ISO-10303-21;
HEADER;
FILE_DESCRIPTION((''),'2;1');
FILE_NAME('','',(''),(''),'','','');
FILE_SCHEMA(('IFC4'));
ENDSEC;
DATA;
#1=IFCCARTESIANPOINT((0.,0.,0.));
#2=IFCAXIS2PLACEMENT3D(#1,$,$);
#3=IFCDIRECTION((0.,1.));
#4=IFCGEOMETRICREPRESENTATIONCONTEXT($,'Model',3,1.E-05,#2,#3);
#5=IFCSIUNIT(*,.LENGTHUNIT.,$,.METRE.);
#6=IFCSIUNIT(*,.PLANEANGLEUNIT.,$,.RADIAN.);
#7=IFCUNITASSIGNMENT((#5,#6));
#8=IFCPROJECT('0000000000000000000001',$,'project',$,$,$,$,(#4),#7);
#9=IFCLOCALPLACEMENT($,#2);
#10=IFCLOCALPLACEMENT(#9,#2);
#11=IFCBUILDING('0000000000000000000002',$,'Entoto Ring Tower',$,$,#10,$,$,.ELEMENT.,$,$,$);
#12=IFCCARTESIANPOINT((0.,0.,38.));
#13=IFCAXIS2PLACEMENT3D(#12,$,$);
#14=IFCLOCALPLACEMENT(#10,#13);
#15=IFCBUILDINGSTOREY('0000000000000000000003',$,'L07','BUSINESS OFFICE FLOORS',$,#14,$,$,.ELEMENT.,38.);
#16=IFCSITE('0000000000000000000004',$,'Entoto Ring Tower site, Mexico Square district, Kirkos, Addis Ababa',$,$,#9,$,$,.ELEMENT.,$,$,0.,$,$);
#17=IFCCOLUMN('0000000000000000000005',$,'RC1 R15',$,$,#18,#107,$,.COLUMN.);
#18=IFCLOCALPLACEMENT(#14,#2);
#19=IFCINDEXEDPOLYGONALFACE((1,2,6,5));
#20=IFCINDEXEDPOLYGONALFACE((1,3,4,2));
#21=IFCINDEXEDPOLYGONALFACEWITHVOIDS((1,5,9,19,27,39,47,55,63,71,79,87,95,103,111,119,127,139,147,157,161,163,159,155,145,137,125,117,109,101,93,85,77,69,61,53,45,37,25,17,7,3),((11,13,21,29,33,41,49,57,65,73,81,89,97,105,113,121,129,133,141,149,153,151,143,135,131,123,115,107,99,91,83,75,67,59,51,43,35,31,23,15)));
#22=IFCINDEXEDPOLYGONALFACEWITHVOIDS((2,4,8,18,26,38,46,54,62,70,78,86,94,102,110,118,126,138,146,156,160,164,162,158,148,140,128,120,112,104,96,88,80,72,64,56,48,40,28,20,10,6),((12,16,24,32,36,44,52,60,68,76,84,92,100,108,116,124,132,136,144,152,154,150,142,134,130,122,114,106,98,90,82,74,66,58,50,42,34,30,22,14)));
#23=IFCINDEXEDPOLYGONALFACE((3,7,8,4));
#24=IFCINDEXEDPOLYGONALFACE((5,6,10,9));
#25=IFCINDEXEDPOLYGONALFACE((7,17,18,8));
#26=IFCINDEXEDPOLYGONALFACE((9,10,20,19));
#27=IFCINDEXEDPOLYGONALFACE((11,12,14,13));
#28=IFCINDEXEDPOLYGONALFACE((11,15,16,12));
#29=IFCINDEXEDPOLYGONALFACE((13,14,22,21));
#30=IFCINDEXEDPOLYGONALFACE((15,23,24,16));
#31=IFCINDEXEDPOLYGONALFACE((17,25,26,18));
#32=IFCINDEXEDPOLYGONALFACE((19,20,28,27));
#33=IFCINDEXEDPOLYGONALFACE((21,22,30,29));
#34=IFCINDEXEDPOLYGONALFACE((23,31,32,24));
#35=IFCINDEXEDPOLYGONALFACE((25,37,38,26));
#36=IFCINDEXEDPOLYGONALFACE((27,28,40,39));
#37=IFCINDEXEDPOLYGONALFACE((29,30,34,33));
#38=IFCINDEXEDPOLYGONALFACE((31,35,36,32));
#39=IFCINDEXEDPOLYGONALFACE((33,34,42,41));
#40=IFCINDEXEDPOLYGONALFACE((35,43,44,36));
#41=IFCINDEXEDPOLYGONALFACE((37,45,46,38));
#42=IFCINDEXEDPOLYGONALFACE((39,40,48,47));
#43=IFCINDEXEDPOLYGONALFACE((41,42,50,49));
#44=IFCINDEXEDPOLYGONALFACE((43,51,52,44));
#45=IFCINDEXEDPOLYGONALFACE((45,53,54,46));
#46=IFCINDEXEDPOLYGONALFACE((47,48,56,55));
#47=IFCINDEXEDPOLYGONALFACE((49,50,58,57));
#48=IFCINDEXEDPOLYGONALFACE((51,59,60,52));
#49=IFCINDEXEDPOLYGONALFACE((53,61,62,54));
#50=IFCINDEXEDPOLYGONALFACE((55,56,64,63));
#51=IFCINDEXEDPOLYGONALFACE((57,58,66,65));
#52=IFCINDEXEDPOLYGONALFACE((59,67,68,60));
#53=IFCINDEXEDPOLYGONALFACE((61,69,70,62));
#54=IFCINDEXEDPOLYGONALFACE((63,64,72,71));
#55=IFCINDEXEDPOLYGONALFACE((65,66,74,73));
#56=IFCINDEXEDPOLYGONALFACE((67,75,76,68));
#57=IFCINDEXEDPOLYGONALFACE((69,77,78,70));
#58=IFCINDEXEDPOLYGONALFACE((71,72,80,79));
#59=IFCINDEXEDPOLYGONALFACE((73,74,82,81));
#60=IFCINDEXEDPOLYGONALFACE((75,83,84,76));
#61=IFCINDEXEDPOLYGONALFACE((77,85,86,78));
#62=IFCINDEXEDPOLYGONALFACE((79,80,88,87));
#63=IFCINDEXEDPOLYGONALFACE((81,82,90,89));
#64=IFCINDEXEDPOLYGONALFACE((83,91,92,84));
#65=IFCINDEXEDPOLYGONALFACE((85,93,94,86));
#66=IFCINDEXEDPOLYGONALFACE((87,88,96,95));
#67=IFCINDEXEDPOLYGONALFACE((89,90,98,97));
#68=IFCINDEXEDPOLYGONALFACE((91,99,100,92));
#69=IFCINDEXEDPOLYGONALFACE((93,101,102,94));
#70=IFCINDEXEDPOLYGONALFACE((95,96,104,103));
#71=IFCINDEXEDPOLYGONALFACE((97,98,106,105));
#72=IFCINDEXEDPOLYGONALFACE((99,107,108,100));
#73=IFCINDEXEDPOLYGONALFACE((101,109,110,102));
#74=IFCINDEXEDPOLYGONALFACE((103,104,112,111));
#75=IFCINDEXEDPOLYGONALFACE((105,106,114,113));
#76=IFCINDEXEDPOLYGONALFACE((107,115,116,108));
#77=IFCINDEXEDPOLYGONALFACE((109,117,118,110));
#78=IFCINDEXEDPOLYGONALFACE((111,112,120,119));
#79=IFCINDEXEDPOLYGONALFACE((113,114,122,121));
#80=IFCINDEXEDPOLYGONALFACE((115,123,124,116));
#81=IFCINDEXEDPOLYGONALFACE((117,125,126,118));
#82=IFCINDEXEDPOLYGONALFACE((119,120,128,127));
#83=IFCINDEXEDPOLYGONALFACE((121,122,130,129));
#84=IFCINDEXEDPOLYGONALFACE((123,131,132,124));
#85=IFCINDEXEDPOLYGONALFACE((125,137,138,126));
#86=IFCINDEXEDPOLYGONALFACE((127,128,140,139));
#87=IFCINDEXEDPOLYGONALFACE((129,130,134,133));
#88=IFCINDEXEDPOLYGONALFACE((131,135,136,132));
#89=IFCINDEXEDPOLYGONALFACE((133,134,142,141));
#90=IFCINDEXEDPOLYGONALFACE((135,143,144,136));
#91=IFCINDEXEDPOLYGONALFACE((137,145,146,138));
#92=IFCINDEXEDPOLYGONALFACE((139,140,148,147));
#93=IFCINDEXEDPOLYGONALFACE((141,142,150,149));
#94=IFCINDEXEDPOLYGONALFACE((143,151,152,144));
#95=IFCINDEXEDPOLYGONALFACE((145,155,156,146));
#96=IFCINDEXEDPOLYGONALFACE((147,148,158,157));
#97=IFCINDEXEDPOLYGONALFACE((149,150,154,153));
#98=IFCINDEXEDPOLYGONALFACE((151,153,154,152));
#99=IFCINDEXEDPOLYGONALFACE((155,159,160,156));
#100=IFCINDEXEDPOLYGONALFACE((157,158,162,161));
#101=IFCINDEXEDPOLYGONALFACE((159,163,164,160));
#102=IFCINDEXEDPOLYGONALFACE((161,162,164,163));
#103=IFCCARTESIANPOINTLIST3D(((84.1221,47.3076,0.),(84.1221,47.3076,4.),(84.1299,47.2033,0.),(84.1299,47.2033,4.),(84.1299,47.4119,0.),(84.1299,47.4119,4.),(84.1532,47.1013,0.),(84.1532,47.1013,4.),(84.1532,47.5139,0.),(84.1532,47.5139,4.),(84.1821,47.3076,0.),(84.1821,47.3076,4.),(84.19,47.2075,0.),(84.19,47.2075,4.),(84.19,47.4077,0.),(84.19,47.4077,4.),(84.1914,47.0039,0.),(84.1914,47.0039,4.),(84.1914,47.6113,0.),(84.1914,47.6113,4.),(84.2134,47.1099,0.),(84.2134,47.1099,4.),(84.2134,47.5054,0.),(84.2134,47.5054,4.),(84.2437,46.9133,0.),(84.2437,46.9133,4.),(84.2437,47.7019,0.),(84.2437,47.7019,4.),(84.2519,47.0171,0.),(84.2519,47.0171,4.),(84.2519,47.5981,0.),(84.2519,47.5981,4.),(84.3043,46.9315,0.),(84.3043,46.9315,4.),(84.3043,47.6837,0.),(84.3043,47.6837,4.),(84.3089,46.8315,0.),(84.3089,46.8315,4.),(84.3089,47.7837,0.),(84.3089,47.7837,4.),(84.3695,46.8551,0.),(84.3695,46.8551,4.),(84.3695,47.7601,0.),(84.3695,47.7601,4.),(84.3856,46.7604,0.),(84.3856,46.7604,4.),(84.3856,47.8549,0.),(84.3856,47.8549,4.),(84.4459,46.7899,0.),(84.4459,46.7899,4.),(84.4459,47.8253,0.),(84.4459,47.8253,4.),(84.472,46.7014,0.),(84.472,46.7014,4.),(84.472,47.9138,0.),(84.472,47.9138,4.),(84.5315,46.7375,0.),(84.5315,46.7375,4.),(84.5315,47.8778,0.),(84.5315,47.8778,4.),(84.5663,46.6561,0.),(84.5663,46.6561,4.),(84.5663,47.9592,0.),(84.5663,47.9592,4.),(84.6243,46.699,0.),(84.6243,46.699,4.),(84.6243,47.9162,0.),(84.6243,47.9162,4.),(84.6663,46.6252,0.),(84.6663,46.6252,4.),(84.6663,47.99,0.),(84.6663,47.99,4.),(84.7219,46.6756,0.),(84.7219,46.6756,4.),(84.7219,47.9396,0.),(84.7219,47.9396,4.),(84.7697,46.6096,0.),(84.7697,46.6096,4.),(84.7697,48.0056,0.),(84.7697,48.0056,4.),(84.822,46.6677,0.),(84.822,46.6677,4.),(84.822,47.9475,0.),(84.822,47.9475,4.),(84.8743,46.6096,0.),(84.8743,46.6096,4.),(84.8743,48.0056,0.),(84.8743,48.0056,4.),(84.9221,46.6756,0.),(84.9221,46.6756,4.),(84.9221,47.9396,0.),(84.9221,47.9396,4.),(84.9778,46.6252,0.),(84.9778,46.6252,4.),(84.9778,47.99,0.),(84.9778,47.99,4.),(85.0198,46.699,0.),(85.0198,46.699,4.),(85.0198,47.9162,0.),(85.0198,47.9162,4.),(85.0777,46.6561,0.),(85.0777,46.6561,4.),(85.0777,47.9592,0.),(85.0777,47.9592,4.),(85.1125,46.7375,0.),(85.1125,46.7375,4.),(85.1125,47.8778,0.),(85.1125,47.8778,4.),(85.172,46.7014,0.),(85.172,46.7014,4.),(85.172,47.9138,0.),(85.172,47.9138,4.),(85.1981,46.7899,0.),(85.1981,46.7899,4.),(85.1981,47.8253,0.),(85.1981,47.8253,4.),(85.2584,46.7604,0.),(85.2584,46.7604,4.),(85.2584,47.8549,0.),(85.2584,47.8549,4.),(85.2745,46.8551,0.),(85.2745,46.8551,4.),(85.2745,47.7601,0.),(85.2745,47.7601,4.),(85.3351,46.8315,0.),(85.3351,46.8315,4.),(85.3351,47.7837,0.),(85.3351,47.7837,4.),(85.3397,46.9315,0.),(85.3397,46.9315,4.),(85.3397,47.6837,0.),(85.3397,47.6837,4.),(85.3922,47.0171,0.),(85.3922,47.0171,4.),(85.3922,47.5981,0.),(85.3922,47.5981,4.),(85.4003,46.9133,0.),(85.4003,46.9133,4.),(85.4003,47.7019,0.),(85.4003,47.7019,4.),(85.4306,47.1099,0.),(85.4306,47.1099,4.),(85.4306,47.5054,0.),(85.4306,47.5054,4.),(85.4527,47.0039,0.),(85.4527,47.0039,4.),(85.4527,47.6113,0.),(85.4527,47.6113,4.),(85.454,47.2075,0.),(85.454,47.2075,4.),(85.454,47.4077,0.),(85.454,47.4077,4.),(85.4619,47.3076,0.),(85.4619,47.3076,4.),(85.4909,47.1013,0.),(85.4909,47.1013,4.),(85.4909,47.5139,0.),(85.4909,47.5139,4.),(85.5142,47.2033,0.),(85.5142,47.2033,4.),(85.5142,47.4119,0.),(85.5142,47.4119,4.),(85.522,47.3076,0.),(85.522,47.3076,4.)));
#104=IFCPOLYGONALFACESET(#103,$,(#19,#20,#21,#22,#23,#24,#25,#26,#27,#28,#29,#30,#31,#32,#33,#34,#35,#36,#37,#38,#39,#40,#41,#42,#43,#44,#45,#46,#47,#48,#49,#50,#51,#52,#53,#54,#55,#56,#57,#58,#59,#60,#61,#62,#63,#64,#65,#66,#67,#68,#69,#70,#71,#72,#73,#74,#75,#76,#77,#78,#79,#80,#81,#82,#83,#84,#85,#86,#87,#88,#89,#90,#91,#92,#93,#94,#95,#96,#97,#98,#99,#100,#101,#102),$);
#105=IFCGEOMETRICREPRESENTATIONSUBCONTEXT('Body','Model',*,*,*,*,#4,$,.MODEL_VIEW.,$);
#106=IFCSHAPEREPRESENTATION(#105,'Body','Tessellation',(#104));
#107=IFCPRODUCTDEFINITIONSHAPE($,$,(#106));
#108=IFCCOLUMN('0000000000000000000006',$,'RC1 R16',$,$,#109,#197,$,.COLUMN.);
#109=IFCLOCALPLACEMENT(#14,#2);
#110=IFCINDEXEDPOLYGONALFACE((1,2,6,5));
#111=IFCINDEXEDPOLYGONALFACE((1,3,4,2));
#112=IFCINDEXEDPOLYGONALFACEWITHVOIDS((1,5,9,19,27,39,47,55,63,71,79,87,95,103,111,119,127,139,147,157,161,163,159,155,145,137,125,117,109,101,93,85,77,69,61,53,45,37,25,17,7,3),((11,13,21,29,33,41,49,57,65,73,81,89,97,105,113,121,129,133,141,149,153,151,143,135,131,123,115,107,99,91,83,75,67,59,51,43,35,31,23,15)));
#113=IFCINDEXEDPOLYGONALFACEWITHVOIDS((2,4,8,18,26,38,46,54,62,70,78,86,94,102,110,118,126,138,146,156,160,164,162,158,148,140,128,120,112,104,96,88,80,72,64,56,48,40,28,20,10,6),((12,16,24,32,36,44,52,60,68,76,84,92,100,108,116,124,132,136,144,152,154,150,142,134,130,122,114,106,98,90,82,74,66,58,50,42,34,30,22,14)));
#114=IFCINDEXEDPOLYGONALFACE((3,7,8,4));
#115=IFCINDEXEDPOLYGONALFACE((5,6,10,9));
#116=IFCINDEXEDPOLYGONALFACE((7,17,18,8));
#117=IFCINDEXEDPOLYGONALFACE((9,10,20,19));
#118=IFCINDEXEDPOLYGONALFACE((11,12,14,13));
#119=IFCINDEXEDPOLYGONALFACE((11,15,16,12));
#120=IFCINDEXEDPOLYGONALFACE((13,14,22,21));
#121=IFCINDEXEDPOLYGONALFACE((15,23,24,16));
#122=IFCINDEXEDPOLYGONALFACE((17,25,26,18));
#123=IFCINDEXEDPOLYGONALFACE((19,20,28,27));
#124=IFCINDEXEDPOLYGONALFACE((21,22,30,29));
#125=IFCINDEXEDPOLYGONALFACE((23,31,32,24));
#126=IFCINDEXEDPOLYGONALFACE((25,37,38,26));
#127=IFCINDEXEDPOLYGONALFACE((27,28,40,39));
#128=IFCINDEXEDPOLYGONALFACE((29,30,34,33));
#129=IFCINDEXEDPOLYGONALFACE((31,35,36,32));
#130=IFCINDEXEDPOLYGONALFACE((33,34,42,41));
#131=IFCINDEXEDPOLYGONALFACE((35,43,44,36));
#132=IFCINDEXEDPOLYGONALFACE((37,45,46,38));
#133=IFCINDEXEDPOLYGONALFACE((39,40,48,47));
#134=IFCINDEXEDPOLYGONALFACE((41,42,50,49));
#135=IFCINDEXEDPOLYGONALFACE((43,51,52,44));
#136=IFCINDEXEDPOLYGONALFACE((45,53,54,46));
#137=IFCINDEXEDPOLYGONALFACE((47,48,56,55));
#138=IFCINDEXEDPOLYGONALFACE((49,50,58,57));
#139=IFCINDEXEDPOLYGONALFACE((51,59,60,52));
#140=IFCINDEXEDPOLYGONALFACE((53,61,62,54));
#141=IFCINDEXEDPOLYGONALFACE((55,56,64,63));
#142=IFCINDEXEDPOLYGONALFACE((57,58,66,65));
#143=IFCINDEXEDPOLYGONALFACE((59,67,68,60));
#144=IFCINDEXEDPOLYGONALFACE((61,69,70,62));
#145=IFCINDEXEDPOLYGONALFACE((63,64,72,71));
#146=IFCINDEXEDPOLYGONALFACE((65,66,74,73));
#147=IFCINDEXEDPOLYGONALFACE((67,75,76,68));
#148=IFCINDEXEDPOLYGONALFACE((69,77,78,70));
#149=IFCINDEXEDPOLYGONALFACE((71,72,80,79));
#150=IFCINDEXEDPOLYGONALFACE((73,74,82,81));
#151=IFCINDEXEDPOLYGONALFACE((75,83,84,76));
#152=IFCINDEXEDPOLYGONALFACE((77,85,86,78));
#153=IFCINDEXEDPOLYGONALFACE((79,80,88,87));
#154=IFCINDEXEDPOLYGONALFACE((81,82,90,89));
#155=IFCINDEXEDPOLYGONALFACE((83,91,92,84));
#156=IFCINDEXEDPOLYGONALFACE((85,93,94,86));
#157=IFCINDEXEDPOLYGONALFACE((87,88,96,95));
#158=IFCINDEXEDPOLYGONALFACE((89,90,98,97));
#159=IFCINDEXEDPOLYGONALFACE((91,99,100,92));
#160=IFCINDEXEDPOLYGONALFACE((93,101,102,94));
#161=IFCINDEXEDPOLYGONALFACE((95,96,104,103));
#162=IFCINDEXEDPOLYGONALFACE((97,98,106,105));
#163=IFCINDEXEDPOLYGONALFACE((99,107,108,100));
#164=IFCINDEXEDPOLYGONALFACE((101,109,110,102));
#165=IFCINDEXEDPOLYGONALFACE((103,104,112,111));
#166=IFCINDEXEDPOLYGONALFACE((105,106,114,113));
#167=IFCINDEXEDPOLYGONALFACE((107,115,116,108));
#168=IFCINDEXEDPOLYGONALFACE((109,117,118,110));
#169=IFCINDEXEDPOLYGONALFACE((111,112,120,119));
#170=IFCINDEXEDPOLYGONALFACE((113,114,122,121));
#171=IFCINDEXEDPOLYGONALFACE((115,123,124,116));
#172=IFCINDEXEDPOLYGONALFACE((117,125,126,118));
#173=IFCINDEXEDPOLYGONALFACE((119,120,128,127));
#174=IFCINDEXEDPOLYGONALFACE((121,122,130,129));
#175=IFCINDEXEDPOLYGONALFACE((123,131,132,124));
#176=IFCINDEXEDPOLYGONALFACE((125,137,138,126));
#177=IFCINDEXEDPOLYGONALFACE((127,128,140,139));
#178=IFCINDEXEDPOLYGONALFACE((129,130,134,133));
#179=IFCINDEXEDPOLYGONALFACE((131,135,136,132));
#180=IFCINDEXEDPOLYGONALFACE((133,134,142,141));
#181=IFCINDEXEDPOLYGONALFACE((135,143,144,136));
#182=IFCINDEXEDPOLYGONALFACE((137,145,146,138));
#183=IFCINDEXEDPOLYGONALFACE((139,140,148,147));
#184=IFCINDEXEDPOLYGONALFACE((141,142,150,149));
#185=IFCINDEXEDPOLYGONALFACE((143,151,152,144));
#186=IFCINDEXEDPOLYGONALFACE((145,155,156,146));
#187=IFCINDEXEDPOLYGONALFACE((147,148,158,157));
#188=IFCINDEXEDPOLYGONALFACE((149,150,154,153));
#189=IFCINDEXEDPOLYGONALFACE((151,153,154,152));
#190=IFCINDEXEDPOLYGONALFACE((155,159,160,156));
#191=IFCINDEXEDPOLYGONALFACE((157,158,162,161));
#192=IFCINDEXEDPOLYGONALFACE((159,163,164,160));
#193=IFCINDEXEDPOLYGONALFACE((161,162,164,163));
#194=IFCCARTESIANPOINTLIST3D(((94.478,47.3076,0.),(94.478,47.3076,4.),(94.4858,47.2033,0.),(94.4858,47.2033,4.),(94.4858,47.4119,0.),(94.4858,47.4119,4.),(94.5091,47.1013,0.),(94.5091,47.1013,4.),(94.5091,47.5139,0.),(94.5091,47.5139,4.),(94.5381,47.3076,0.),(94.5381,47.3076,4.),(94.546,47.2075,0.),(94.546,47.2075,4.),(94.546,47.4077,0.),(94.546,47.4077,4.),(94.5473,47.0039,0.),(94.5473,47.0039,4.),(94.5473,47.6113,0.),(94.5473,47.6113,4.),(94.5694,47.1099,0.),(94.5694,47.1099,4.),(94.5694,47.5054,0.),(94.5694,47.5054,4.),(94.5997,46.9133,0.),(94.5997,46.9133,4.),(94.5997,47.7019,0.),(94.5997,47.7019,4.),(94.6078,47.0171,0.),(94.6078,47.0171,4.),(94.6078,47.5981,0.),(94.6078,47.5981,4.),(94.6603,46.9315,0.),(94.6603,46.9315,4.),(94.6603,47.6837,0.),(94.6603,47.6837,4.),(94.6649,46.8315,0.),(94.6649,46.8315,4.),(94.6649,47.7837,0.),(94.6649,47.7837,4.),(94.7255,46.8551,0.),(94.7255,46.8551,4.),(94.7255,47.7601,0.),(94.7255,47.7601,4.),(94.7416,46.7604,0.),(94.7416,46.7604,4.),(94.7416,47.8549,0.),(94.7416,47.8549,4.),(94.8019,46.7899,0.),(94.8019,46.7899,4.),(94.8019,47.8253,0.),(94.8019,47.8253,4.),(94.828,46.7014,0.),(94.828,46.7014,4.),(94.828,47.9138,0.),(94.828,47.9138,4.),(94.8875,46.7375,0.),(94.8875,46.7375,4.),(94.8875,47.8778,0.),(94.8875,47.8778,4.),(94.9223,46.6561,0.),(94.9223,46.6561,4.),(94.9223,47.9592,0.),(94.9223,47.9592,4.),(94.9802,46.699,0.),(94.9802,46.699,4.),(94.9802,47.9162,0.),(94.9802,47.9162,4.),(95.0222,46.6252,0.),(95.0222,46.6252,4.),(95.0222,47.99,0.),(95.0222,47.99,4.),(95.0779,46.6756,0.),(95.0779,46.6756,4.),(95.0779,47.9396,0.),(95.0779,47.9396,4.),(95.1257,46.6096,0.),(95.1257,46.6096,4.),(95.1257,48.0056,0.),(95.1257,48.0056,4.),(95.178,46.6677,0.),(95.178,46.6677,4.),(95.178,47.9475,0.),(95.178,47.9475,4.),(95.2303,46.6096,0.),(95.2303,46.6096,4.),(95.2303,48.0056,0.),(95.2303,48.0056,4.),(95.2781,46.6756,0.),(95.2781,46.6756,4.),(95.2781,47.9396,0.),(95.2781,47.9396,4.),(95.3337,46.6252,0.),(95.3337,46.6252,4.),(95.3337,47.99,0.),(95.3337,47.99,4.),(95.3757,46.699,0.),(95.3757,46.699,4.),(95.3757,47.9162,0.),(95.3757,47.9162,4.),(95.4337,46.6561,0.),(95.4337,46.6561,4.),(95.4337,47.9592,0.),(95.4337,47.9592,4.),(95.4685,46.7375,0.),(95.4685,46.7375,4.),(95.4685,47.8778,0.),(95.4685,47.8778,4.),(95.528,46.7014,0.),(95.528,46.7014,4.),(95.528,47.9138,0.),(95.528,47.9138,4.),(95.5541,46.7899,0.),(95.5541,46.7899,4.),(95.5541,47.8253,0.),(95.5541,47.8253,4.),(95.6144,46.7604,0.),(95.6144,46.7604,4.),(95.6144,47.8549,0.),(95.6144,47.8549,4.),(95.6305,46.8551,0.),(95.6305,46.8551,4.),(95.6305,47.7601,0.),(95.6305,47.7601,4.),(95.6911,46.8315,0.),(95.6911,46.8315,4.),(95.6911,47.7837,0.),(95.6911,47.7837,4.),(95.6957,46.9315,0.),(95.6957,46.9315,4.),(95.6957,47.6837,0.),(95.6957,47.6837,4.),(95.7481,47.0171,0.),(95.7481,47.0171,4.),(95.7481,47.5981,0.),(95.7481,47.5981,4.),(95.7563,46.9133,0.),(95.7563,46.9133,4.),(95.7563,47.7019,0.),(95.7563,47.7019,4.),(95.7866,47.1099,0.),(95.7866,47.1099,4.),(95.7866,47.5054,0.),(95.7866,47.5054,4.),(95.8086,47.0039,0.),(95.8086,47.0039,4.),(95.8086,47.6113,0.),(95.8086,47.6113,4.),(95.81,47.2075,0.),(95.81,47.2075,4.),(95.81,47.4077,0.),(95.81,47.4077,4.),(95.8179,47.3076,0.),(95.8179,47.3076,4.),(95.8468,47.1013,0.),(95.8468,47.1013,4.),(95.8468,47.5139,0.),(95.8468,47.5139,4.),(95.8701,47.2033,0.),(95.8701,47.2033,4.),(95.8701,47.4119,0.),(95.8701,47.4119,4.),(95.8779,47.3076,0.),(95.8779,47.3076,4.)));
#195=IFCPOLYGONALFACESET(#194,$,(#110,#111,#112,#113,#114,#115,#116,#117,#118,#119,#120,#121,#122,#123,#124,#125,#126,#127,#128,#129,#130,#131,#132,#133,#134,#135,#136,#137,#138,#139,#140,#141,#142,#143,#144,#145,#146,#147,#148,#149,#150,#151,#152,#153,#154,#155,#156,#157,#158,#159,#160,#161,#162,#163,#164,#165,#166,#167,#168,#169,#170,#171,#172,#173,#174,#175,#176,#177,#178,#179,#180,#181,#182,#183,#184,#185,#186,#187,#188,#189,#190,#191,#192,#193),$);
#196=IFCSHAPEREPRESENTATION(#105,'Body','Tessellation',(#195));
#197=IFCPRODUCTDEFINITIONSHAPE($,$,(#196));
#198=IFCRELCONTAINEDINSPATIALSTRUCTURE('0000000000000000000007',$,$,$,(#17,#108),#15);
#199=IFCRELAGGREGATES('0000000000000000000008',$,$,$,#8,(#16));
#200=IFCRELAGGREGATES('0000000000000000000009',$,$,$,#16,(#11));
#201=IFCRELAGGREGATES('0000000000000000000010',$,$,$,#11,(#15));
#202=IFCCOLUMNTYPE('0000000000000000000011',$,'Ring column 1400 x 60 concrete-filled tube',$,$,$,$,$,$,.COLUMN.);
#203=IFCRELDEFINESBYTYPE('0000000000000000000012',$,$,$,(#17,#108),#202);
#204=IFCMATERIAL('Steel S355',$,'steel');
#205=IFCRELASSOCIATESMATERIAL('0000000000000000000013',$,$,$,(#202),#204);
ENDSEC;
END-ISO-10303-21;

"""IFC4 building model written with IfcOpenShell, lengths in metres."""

from ifc_helpers import new_model, si_unit, direction, frame, origin, origin_2d, place, context, subcontext, project, spatial, circle, hollow_circle, extrude, material, material_profile, profile_set, type_object, element, save


model = new_model("IFC4")

# Units and contexts
model_context = context("Model", 3, precision=1e-05, world=origin(), true_north=direction((0.0, 1.0)))
body_context = subcontext(model_context, "Body", "Model", "MODEL_VIEW")
ifc_project = project(units=[si_unit("LENGTHUNIT", "METRE"), si_unit("PLANEANGLEUNIT", "RADIAN")], contexts=[model_context])

# Site, building, storey
site_placement = place(None, origin())
site = spatial("IfcSite", under=ifc_project, at=site_placement, Name="Entoto Ring Tower site, Mexico Square district, Kirkos, Addis Ababa", CompositionType="ELEMENT", RefElevation=0.0)
building_placement = place(site_placement, origin())
building = spatial("IfcBuilding", under=site, at=building_placement, Name="Entoto Ring Tower", CompositionType="ELEMENT")
storey_placement = place(building_placement, frame((0.0, 0.0, 38.0)))
storey = spatial("IfcBuildingStorey", under=building, at=storey_placement, Name="L07", Description="BUSINESS OFFICE FLOORS", CompositionType="ELEMENT", Elevation=38.0)

# Columns
ifc_material_1 = material(Name="Steel S355", Category="steel")
ifc_material_profile_1 = material_profile(ifc_material_1, hollow_circle(Radius=0.7, WallThickness=0.0601, at=origin_2d()), Name="CHS 1400 x 60")
ifc_material_2 = material(Name="Concrete C60/75", Category="concrete")
ifc_material_profile_2 = material_profile(ifc_material_2, circle(Radius=0.6399, at=origin_2d()), Name="Concrete C60/75 infill")
ifc_profile_set_1 = profile_set([ifc_material_profile_1, ifc_material_profile_2], Name="Steel S355")
column_type = type_object("IfcColumnType", Name="Ring column 1400 x 60 concrete-filled tube", PredefinedType="COLUMN", material=ifc_profile_set_1)
for number, where, z_axis, x_axis, name in (
    (1, (84.822, 47.3076, 0.0), (0.0, 0.0, 1.0), (1.0, 0.0, 0.0), "RC1 R15"),
    (2, (95.178, 47.3076, 0.0), (0.0, 0.0, 1.0), (1.0, 0.0, 0.0), "RC1 R16"),
):
    element("IfcColumn", number, at=place(storey_placement, frame(where, z_axis=z_axis, x_axis=x_axis)), inside=storey, type_object=column_type, Name=name, PredefinedType="COLUMN", context=body_context, shape_type="SweptSolid", body=[
        extrude(hollow_circle(Radius=0.7, WallThickness=0.0601, at=origin_2d()), origin(), (0.0, 0.0, 1.0), 4.0),
    ])

save(model, "model.ifc")
